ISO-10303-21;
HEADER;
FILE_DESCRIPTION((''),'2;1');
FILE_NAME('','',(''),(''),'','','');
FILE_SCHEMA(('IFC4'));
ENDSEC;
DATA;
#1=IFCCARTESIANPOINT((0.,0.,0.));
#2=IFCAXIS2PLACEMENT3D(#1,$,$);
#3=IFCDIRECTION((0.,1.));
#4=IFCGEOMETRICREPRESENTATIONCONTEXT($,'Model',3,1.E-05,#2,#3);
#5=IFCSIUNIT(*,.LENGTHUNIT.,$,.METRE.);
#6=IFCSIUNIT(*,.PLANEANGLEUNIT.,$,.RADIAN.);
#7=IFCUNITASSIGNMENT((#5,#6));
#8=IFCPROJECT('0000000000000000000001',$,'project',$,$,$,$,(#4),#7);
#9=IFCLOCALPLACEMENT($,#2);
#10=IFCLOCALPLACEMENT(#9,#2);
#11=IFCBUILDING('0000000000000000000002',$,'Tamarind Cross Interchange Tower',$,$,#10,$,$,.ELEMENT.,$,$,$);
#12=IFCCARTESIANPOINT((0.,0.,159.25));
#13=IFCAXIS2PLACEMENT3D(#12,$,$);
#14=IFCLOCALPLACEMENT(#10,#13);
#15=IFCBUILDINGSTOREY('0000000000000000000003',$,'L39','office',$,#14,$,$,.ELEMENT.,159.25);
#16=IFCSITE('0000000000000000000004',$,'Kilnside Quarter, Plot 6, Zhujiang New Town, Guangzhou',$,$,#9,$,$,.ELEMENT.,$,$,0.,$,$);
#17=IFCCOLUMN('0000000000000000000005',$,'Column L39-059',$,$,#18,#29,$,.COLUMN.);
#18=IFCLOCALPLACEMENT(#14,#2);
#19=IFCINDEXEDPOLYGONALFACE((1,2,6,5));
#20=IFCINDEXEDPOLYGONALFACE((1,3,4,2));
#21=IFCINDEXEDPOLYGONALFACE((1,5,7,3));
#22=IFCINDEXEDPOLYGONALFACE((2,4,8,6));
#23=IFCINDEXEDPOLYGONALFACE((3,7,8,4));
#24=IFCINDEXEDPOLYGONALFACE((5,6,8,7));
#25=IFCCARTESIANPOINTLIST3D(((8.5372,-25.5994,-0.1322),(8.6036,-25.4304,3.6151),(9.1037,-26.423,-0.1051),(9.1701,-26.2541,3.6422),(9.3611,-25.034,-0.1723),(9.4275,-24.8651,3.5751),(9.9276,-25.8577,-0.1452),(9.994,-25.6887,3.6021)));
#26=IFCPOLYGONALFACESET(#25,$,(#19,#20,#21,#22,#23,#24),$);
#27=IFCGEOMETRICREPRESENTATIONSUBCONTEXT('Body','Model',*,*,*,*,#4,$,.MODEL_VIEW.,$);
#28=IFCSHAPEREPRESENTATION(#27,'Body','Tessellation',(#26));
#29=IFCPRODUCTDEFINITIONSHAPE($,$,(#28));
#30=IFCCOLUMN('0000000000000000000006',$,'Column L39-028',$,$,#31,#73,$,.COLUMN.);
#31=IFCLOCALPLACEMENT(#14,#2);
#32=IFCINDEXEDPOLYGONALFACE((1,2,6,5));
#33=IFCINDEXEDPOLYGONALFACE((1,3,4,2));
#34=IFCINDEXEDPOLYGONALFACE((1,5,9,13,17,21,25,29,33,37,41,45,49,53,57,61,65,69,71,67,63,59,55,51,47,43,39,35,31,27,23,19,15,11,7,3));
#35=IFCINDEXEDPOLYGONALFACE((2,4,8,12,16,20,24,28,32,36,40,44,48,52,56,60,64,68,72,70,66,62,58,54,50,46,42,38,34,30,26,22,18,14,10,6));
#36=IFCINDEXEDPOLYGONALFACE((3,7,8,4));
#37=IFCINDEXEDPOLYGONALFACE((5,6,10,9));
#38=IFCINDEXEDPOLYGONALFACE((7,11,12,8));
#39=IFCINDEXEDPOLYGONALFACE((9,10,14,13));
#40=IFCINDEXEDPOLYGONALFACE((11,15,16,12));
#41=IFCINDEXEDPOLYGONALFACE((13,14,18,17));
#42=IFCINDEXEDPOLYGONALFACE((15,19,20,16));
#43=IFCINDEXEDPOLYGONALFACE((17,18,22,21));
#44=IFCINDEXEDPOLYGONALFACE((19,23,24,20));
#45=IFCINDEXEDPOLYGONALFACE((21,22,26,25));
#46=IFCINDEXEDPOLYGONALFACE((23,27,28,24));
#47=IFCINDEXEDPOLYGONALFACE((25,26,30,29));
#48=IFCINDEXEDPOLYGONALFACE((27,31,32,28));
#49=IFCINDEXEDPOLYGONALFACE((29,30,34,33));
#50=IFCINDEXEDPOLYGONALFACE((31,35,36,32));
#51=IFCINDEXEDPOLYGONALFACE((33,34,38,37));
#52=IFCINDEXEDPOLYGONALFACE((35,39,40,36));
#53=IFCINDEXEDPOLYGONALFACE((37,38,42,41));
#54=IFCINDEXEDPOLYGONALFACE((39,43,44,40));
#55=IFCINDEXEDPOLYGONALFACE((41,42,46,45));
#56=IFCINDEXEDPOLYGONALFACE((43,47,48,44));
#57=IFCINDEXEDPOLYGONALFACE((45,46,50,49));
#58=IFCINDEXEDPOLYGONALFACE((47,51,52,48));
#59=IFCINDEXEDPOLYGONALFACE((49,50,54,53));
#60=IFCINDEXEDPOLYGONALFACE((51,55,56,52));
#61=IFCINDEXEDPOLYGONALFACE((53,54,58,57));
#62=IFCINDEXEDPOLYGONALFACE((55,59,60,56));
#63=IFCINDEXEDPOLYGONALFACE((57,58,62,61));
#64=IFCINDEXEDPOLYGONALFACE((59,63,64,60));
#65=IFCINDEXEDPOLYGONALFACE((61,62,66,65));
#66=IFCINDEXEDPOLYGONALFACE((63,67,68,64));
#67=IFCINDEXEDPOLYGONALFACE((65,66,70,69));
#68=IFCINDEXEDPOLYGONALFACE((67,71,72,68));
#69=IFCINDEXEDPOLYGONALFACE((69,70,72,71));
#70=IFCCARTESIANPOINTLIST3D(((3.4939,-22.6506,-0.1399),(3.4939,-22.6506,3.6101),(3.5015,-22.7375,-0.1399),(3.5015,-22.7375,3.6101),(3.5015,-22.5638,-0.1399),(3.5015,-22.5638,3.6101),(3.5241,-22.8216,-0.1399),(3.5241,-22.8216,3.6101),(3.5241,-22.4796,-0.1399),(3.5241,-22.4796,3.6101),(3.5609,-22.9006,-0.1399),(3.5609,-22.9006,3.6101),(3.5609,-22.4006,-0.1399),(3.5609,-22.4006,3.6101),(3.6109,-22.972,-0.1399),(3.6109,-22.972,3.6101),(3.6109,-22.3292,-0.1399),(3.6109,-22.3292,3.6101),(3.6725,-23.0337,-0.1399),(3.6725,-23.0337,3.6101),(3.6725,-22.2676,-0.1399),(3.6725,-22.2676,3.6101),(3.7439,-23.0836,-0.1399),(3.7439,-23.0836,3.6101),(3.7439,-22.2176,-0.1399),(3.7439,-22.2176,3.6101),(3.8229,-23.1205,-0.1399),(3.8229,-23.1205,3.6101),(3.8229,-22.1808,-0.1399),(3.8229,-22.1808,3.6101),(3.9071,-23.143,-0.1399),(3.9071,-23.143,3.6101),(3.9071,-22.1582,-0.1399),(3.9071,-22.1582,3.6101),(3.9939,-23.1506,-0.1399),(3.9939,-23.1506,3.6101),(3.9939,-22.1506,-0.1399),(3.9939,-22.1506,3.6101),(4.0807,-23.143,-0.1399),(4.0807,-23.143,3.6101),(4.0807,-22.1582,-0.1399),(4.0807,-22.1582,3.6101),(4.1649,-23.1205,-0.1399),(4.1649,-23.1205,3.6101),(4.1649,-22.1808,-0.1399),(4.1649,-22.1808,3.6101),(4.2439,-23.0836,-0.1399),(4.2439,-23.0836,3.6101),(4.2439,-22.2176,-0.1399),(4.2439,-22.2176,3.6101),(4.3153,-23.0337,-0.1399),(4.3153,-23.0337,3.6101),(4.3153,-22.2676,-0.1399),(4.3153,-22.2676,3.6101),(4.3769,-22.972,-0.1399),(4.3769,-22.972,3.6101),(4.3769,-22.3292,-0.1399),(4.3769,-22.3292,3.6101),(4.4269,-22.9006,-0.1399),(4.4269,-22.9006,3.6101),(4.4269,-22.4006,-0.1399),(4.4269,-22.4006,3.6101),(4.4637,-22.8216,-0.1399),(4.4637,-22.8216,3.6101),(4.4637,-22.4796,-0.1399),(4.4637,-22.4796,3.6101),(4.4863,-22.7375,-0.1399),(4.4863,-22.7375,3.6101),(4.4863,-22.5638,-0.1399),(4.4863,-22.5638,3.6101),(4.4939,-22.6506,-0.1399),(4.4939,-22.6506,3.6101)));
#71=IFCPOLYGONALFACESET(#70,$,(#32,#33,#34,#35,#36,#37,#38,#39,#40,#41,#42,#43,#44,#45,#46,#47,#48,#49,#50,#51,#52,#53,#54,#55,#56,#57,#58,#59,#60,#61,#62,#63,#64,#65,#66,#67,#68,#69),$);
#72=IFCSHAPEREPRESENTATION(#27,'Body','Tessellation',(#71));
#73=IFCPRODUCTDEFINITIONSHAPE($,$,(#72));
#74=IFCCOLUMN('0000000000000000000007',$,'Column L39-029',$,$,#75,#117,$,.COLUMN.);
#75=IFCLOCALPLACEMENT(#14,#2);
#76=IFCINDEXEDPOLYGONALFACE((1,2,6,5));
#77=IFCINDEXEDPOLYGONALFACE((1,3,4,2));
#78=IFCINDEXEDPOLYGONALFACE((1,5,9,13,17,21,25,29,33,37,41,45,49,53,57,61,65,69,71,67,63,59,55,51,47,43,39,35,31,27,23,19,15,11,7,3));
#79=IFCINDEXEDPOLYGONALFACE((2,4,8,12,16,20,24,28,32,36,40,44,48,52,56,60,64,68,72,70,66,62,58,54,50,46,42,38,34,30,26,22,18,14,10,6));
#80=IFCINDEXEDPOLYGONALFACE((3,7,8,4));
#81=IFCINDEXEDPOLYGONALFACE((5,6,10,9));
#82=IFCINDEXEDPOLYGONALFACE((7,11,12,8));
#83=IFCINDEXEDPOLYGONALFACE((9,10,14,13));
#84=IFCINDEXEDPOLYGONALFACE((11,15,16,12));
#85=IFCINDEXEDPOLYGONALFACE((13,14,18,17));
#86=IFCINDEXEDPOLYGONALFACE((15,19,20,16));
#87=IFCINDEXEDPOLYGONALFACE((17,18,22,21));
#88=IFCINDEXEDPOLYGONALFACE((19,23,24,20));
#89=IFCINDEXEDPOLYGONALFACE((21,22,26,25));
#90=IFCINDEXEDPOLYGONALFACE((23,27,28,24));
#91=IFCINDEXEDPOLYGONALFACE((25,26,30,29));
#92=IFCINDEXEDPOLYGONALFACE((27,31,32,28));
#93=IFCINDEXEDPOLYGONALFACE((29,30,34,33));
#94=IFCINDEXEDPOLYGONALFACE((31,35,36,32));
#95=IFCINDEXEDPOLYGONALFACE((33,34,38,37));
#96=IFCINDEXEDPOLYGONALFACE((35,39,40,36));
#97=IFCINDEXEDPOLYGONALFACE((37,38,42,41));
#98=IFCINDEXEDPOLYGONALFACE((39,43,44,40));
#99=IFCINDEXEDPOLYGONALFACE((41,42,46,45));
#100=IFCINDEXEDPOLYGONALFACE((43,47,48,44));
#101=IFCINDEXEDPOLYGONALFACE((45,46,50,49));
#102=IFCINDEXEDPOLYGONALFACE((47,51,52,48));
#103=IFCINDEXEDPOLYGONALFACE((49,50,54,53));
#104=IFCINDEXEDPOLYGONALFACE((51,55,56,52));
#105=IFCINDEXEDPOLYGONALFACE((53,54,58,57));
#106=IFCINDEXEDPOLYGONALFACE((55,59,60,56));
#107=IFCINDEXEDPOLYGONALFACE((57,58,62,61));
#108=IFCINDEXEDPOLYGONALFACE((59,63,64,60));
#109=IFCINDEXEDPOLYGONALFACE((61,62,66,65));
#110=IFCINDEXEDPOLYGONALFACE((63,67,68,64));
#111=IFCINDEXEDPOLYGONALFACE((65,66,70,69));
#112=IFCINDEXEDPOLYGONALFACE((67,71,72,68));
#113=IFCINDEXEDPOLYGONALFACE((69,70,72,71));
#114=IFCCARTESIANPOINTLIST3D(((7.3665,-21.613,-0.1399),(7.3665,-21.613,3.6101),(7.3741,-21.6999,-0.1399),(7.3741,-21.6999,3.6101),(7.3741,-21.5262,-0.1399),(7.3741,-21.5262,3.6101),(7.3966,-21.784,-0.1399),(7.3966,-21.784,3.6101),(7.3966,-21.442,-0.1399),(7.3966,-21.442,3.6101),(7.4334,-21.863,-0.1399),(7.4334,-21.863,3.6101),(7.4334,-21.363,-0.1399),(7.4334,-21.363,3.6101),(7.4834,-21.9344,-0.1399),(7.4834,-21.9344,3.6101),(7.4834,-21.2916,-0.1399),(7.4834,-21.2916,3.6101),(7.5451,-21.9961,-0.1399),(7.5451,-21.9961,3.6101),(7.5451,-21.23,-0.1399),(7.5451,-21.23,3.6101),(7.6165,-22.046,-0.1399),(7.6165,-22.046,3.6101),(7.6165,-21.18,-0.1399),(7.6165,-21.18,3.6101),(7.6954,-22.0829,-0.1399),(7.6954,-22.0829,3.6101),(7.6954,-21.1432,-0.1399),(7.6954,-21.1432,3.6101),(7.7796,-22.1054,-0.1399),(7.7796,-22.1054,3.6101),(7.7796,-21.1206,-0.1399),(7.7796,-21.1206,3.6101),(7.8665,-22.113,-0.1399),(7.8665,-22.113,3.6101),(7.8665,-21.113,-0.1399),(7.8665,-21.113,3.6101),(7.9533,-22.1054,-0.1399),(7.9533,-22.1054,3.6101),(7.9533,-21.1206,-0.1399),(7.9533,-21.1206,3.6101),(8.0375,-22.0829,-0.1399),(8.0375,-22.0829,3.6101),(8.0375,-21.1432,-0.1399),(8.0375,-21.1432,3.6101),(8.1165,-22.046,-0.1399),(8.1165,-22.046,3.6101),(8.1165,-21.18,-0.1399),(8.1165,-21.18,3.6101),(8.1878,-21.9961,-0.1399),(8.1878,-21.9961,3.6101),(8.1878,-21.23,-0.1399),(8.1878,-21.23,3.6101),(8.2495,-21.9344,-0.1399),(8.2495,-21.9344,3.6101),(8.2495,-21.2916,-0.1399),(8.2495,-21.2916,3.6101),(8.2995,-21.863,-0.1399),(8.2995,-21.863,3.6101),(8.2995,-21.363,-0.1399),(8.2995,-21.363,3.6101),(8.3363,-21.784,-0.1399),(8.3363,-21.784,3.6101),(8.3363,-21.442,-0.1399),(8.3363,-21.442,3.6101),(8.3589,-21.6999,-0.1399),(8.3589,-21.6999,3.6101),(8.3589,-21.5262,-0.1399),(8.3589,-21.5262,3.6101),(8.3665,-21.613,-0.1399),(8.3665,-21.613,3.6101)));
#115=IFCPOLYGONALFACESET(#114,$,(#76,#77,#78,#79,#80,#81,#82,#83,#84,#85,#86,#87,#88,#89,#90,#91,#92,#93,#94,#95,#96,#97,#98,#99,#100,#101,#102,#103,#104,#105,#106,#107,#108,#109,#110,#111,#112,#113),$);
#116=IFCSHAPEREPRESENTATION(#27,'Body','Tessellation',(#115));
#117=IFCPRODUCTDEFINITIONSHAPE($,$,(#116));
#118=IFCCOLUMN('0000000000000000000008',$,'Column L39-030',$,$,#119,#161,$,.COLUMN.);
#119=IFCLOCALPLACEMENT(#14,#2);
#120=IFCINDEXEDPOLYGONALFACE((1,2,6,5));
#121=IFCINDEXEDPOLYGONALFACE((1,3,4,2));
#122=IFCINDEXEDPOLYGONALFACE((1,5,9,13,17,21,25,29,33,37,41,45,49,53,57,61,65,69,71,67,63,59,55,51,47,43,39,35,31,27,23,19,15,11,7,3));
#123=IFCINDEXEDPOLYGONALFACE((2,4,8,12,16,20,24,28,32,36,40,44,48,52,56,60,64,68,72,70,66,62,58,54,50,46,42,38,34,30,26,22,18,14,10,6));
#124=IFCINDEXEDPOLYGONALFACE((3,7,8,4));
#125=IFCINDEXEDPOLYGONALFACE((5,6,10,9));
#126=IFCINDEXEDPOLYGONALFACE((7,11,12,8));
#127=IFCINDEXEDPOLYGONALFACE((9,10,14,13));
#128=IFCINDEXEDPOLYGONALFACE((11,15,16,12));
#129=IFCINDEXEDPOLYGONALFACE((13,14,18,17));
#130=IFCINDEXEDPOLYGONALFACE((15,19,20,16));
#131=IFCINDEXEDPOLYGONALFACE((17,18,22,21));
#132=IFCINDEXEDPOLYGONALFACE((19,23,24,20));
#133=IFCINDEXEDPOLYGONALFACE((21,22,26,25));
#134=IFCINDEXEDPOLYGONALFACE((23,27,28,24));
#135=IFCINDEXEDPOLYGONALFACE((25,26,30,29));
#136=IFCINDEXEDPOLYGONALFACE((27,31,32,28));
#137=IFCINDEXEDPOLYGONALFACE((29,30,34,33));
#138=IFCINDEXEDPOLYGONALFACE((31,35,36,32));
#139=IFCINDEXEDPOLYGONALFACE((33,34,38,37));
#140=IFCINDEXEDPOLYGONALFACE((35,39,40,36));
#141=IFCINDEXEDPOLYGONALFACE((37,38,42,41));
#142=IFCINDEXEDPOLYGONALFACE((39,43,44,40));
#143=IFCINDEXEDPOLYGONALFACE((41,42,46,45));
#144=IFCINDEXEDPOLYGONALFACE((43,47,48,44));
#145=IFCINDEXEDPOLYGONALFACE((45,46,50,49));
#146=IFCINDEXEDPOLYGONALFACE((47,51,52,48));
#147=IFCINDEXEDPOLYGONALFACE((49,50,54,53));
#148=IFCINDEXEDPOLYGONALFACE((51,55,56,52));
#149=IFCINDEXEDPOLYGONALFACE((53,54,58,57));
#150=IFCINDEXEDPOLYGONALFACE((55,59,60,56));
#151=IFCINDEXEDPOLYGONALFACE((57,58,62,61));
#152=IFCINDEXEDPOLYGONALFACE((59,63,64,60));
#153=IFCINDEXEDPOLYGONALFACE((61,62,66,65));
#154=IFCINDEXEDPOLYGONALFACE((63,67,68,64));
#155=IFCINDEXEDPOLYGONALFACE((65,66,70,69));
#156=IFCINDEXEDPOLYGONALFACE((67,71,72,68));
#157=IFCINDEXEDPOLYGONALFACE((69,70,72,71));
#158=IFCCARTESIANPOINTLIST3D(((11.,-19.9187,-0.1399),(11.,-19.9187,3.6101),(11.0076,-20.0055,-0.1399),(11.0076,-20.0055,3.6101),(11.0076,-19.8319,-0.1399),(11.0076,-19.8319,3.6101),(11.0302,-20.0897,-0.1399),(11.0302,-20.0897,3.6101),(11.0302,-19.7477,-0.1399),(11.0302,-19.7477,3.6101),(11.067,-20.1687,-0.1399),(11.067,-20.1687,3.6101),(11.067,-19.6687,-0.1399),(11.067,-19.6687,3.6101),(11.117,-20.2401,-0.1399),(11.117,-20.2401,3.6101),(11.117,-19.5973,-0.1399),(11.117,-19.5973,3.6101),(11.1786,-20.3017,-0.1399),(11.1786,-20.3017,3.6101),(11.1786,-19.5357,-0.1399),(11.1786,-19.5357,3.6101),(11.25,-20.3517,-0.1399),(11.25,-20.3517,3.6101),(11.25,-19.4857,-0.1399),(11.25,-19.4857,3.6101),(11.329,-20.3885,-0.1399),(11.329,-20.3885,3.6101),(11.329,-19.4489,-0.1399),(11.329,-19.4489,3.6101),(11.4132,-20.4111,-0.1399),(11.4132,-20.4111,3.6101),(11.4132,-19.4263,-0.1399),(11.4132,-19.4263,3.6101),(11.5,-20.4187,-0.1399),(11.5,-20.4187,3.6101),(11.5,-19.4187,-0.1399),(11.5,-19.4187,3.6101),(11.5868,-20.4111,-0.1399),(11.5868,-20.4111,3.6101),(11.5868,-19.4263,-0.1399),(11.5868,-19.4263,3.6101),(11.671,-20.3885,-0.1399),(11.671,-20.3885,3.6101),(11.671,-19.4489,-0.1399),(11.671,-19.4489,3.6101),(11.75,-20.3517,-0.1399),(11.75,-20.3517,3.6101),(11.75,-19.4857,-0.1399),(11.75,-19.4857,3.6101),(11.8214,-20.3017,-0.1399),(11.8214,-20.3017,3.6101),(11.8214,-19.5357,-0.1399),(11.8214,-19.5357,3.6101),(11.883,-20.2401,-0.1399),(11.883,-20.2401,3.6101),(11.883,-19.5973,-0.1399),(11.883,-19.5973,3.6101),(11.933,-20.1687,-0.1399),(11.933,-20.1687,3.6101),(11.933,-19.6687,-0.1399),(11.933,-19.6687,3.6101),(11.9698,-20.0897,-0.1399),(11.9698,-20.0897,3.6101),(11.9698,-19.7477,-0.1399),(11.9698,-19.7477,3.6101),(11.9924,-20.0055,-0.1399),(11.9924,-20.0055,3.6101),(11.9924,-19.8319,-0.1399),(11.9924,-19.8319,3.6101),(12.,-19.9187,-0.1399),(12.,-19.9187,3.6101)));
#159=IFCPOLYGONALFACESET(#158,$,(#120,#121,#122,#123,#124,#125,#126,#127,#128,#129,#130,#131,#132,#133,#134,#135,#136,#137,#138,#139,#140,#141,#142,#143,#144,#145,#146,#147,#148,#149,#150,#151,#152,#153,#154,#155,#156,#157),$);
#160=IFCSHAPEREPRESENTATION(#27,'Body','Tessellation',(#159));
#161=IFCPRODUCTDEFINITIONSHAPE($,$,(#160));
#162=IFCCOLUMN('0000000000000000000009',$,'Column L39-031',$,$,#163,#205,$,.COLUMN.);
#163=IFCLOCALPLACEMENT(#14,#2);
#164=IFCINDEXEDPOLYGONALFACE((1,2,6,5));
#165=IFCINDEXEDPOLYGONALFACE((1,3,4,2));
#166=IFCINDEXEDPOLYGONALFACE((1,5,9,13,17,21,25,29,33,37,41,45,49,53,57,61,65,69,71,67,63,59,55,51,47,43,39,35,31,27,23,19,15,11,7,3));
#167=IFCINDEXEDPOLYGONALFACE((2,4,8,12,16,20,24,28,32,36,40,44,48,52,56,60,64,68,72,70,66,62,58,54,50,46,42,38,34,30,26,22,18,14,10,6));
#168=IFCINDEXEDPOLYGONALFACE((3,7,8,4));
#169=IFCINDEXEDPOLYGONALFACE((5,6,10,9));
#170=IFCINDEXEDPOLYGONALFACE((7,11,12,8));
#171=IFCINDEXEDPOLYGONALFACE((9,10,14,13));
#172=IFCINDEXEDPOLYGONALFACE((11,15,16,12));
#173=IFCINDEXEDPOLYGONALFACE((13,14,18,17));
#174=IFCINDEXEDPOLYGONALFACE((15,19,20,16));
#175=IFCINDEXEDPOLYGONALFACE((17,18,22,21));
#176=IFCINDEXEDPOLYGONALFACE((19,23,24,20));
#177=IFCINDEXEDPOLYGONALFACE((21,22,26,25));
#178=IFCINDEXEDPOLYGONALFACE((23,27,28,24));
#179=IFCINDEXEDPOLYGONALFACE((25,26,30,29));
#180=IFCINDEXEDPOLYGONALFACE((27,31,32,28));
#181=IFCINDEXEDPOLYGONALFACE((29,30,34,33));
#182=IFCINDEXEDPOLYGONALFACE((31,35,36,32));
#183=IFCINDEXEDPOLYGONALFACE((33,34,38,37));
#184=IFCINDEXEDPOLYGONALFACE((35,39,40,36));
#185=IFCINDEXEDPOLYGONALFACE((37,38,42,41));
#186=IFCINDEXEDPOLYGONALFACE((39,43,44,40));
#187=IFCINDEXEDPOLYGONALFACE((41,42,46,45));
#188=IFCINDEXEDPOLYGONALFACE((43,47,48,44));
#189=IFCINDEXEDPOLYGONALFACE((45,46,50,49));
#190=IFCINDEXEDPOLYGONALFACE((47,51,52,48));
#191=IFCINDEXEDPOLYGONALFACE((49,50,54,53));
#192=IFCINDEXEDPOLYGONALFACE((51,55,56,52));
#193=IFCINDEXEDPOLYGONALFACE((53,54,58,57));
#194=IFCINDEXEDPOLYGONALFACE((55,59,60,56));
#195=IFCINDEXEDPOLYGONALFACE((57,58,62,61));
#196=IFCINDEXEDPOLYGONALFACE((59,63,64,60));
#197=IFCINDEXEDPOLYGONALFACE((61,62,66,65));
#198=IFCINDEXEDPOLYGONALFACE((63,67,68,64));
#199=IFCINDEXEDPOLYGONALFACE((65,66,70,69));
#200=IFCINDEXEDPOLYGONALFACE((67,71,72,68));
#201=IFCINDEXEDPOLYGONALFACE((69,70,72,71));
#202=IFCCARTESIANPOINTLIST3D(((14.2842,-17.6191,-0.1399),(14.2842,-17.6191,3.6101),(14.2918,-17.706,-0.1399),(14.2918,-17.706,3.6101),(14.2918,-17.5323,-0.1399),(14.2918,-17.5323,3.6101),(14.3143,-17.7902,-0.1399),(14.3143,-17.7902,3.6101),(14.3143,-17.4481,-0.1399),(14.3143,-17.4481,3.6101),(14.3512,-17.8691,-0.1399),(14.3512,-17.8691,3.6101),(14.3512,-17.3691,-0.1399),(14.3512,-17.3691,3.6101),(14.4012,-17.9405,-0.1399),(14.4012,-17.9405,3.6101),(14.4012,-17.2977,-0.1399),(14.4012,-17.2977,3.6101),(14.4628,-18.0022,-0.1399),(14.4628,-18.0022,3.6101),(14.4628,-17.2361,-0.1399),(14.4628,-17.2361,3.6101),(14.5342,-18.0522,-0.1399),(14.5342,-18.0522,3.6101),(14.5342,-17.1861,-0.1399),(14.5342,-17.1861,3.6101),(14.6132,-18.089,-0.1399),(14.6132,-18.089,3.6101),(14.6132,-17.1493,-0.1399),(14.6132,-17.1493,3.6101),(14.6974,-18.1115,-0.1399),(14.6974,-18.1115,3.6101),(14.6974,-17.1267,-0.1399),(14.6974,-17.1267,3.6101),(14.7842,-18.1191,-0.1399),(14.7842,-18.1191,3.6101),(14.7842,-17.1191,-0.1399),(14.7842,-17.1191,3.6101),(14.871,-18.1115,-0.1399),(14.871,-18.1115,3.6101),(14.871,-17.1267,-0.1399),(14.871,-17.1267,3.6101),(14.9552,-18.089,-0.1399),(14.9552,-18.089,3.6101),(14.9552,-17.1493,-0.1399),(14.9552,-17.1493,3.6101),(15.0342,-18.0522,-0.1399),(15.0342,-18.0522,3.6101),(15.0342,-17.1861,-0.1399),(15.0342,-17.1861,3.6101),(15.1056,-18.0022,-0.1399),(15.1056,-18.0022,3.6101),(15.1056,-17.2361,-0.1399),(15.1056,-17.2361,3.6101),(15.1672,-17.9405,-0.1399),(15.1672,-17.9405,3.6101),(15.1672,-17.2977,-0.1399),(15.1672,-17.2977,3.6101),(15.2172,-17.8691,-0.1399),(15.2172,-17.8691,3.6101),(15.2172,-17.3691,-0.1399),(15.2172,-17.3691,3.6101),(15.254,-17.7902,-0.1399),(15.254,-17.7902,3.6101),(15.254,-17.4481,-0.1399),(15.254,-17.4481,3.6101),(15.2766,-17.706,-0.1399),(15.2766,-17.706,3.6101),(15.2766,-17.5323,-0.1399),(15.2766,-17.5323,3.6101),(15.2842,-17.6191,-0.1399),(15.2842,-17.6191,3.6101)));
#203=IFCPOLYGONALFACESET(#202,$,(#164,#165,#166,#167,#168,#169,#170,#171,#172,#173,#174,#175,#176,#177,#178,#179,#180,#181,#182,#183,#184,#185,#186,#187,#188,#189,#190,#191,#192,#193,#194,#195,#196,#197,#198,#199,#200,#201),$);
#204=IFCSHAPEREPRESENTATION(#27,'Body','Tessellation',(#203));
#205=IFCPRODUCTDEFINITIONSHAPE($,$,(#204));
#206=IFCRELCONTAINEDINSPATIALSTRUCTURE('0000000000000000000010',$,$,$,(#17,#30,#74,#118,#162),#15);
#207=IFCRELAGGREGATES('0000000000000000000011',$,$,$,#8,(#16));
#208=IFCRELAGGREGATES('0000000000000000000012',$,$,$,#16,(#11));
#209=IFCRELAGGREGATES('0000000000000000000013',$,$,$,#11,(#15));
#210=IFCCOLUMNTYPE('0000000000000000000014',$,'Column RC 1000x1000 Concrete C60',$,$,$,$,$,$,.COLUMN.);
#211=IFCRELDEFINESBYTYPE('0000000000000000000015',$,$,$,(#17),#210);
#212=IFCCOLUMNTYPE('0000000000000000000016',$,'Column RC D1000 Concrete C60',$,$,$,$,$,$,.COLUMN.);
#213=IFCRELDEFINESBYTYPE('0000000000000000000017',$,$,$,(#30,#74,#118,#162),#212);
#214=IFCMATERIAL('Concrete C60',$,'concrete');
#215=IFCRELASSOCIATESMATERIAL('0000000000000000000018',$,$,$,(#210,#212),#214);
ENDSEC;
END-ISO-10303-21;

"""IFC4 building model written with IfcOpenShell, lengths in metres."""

from ifc_helpers import new_model, si_unit, direction, frame, origin, origin_2d, place, context, subcontext, project, spatial, rectangle, circle, extrude, material, material_profile, profile_set, type_object, element, save


model = new_model("IFC4")

# Units and contexts
model_context = context("Model", 3, precision=1e-05, world=origin(), true_north=direction((0.0, 1.0)))
body_context = subcontext(model_context, "Body", "Model", "MODEL_VIEW")
ifc_project = project(units=[si_unit("LENGTHUNIT", "METRE"), si_unit("PLANEANGLEUNIT", "RADIAN")], contexts=[model_context])

# Site, building, storey
site_placement = place(None, origin())
site = spatial("IfcSite", under=ifc_project, at=site_placement, Name="Kilnside Quarter, Plot 6, Zhujiang New Town, Guangzhou", CompositionType="ELEMENT", RefElevation=0.0)
building_placement = place(site_placement, origin())
building = spatial("IfcBuilding", under=site, at=building_placement, Name="Tamarind Cross Interchange Tower", CompositionType="ELEMENT")
storey_placement = place(building_placement, frame((0.0, 0.0, 159.25)))
storey = spatial("IfcBuildingStorey", under=building, at=storey_placement, Name="L39", Description="office", CompositionType="ELEMENT", Elevation=159.25)

# Columns
ifc_material_1 = material(Name="Concrete C60", Category="concrete")
ifc_material_profile_1 = material_profile(ifc_material_1, rectangle(XDim=1.0, YDim=1.0, at=origin_2d()), Name="RC 1000x1000")
ifc_profile_set_1 = profile_set([ifc_material_profile_1], Name="Concrete C60")
column_type_1 = type_object("IfcColumnType", Name="Column RC 1000x1000 Concrete C60", PredefinedType="COLUMN", material=ifc_profile_set_1)
column_placement = place(storey_placement, frame((9.2324, -25.7285, -0.1387), z_axis=(0.0177, 0.045032, 0.998829), x_axis=(-0.823878, -0.565347, 0.040088)))
element("IfcColumn", 1, at=column_placement, inside=storey, type_object=column_type_1, Name="Column L39-059", PredefinedType="COLUMN", context=body_context, shape_type="SweptSolid", body=[
    extrude(rectangle(XDim=1.0, YDim=1.0, at=origin_2d()), origin(), (0.0, 0.0, 1.0), 3.7517),
])
ifc_material_profile_2 = material_profile(ifc_material_1, circle(Radius=0.5, at=origin_2d()), Name="RC D1000")
ifc_profile_set_2 = profile_set([ifc_material_profile_2], Name="Concrete C60")
column_type_2 = type_object("IfcColumnType", Name="Column RC D1000 Concrete C60", PredefinedType="COLUMN", material=ifc_profile_set_2)
for number, where, z_axis, x_axis, name in (
    (2, (3.9939, -22.6506, -0.1399), (0.0, 0.0, 1.0), (1.0, 0.0, 0.0), "Column L39-028"),
    (3, (7.8665, -21.613, -0.1399), (0.0, 0.0, 1.0), (1.0, 0.0, 0.0), "Column L39-029"),
    (4, (11.5, -19.9187, -0.1399), (0.0, 0.0, 1.0), (1.0, 0.0, 0.0), "Column L39-030"),
    (5, (14.7842, -17.6191, -0.1399), (0.0, 0.0, 1.0), (1.0, 0.0, 0.0), "Column L39-031"),
):
    element("IfcColumn", number, at=place(storey_placement, frame(where, z_axis=z_axis, x_axis=x_axis)), inside=storey, type_object=column_type_2, Name=name, PredefinedType="COLUMN", context=body_context, shape_type="SweptSolid", body=[
        extrude(circle(Radius=0.5, at=origin_2d()), origin(), (0.0, 0.0, 1.0), 3.75),
    ])

save(model, "model.ifc")
